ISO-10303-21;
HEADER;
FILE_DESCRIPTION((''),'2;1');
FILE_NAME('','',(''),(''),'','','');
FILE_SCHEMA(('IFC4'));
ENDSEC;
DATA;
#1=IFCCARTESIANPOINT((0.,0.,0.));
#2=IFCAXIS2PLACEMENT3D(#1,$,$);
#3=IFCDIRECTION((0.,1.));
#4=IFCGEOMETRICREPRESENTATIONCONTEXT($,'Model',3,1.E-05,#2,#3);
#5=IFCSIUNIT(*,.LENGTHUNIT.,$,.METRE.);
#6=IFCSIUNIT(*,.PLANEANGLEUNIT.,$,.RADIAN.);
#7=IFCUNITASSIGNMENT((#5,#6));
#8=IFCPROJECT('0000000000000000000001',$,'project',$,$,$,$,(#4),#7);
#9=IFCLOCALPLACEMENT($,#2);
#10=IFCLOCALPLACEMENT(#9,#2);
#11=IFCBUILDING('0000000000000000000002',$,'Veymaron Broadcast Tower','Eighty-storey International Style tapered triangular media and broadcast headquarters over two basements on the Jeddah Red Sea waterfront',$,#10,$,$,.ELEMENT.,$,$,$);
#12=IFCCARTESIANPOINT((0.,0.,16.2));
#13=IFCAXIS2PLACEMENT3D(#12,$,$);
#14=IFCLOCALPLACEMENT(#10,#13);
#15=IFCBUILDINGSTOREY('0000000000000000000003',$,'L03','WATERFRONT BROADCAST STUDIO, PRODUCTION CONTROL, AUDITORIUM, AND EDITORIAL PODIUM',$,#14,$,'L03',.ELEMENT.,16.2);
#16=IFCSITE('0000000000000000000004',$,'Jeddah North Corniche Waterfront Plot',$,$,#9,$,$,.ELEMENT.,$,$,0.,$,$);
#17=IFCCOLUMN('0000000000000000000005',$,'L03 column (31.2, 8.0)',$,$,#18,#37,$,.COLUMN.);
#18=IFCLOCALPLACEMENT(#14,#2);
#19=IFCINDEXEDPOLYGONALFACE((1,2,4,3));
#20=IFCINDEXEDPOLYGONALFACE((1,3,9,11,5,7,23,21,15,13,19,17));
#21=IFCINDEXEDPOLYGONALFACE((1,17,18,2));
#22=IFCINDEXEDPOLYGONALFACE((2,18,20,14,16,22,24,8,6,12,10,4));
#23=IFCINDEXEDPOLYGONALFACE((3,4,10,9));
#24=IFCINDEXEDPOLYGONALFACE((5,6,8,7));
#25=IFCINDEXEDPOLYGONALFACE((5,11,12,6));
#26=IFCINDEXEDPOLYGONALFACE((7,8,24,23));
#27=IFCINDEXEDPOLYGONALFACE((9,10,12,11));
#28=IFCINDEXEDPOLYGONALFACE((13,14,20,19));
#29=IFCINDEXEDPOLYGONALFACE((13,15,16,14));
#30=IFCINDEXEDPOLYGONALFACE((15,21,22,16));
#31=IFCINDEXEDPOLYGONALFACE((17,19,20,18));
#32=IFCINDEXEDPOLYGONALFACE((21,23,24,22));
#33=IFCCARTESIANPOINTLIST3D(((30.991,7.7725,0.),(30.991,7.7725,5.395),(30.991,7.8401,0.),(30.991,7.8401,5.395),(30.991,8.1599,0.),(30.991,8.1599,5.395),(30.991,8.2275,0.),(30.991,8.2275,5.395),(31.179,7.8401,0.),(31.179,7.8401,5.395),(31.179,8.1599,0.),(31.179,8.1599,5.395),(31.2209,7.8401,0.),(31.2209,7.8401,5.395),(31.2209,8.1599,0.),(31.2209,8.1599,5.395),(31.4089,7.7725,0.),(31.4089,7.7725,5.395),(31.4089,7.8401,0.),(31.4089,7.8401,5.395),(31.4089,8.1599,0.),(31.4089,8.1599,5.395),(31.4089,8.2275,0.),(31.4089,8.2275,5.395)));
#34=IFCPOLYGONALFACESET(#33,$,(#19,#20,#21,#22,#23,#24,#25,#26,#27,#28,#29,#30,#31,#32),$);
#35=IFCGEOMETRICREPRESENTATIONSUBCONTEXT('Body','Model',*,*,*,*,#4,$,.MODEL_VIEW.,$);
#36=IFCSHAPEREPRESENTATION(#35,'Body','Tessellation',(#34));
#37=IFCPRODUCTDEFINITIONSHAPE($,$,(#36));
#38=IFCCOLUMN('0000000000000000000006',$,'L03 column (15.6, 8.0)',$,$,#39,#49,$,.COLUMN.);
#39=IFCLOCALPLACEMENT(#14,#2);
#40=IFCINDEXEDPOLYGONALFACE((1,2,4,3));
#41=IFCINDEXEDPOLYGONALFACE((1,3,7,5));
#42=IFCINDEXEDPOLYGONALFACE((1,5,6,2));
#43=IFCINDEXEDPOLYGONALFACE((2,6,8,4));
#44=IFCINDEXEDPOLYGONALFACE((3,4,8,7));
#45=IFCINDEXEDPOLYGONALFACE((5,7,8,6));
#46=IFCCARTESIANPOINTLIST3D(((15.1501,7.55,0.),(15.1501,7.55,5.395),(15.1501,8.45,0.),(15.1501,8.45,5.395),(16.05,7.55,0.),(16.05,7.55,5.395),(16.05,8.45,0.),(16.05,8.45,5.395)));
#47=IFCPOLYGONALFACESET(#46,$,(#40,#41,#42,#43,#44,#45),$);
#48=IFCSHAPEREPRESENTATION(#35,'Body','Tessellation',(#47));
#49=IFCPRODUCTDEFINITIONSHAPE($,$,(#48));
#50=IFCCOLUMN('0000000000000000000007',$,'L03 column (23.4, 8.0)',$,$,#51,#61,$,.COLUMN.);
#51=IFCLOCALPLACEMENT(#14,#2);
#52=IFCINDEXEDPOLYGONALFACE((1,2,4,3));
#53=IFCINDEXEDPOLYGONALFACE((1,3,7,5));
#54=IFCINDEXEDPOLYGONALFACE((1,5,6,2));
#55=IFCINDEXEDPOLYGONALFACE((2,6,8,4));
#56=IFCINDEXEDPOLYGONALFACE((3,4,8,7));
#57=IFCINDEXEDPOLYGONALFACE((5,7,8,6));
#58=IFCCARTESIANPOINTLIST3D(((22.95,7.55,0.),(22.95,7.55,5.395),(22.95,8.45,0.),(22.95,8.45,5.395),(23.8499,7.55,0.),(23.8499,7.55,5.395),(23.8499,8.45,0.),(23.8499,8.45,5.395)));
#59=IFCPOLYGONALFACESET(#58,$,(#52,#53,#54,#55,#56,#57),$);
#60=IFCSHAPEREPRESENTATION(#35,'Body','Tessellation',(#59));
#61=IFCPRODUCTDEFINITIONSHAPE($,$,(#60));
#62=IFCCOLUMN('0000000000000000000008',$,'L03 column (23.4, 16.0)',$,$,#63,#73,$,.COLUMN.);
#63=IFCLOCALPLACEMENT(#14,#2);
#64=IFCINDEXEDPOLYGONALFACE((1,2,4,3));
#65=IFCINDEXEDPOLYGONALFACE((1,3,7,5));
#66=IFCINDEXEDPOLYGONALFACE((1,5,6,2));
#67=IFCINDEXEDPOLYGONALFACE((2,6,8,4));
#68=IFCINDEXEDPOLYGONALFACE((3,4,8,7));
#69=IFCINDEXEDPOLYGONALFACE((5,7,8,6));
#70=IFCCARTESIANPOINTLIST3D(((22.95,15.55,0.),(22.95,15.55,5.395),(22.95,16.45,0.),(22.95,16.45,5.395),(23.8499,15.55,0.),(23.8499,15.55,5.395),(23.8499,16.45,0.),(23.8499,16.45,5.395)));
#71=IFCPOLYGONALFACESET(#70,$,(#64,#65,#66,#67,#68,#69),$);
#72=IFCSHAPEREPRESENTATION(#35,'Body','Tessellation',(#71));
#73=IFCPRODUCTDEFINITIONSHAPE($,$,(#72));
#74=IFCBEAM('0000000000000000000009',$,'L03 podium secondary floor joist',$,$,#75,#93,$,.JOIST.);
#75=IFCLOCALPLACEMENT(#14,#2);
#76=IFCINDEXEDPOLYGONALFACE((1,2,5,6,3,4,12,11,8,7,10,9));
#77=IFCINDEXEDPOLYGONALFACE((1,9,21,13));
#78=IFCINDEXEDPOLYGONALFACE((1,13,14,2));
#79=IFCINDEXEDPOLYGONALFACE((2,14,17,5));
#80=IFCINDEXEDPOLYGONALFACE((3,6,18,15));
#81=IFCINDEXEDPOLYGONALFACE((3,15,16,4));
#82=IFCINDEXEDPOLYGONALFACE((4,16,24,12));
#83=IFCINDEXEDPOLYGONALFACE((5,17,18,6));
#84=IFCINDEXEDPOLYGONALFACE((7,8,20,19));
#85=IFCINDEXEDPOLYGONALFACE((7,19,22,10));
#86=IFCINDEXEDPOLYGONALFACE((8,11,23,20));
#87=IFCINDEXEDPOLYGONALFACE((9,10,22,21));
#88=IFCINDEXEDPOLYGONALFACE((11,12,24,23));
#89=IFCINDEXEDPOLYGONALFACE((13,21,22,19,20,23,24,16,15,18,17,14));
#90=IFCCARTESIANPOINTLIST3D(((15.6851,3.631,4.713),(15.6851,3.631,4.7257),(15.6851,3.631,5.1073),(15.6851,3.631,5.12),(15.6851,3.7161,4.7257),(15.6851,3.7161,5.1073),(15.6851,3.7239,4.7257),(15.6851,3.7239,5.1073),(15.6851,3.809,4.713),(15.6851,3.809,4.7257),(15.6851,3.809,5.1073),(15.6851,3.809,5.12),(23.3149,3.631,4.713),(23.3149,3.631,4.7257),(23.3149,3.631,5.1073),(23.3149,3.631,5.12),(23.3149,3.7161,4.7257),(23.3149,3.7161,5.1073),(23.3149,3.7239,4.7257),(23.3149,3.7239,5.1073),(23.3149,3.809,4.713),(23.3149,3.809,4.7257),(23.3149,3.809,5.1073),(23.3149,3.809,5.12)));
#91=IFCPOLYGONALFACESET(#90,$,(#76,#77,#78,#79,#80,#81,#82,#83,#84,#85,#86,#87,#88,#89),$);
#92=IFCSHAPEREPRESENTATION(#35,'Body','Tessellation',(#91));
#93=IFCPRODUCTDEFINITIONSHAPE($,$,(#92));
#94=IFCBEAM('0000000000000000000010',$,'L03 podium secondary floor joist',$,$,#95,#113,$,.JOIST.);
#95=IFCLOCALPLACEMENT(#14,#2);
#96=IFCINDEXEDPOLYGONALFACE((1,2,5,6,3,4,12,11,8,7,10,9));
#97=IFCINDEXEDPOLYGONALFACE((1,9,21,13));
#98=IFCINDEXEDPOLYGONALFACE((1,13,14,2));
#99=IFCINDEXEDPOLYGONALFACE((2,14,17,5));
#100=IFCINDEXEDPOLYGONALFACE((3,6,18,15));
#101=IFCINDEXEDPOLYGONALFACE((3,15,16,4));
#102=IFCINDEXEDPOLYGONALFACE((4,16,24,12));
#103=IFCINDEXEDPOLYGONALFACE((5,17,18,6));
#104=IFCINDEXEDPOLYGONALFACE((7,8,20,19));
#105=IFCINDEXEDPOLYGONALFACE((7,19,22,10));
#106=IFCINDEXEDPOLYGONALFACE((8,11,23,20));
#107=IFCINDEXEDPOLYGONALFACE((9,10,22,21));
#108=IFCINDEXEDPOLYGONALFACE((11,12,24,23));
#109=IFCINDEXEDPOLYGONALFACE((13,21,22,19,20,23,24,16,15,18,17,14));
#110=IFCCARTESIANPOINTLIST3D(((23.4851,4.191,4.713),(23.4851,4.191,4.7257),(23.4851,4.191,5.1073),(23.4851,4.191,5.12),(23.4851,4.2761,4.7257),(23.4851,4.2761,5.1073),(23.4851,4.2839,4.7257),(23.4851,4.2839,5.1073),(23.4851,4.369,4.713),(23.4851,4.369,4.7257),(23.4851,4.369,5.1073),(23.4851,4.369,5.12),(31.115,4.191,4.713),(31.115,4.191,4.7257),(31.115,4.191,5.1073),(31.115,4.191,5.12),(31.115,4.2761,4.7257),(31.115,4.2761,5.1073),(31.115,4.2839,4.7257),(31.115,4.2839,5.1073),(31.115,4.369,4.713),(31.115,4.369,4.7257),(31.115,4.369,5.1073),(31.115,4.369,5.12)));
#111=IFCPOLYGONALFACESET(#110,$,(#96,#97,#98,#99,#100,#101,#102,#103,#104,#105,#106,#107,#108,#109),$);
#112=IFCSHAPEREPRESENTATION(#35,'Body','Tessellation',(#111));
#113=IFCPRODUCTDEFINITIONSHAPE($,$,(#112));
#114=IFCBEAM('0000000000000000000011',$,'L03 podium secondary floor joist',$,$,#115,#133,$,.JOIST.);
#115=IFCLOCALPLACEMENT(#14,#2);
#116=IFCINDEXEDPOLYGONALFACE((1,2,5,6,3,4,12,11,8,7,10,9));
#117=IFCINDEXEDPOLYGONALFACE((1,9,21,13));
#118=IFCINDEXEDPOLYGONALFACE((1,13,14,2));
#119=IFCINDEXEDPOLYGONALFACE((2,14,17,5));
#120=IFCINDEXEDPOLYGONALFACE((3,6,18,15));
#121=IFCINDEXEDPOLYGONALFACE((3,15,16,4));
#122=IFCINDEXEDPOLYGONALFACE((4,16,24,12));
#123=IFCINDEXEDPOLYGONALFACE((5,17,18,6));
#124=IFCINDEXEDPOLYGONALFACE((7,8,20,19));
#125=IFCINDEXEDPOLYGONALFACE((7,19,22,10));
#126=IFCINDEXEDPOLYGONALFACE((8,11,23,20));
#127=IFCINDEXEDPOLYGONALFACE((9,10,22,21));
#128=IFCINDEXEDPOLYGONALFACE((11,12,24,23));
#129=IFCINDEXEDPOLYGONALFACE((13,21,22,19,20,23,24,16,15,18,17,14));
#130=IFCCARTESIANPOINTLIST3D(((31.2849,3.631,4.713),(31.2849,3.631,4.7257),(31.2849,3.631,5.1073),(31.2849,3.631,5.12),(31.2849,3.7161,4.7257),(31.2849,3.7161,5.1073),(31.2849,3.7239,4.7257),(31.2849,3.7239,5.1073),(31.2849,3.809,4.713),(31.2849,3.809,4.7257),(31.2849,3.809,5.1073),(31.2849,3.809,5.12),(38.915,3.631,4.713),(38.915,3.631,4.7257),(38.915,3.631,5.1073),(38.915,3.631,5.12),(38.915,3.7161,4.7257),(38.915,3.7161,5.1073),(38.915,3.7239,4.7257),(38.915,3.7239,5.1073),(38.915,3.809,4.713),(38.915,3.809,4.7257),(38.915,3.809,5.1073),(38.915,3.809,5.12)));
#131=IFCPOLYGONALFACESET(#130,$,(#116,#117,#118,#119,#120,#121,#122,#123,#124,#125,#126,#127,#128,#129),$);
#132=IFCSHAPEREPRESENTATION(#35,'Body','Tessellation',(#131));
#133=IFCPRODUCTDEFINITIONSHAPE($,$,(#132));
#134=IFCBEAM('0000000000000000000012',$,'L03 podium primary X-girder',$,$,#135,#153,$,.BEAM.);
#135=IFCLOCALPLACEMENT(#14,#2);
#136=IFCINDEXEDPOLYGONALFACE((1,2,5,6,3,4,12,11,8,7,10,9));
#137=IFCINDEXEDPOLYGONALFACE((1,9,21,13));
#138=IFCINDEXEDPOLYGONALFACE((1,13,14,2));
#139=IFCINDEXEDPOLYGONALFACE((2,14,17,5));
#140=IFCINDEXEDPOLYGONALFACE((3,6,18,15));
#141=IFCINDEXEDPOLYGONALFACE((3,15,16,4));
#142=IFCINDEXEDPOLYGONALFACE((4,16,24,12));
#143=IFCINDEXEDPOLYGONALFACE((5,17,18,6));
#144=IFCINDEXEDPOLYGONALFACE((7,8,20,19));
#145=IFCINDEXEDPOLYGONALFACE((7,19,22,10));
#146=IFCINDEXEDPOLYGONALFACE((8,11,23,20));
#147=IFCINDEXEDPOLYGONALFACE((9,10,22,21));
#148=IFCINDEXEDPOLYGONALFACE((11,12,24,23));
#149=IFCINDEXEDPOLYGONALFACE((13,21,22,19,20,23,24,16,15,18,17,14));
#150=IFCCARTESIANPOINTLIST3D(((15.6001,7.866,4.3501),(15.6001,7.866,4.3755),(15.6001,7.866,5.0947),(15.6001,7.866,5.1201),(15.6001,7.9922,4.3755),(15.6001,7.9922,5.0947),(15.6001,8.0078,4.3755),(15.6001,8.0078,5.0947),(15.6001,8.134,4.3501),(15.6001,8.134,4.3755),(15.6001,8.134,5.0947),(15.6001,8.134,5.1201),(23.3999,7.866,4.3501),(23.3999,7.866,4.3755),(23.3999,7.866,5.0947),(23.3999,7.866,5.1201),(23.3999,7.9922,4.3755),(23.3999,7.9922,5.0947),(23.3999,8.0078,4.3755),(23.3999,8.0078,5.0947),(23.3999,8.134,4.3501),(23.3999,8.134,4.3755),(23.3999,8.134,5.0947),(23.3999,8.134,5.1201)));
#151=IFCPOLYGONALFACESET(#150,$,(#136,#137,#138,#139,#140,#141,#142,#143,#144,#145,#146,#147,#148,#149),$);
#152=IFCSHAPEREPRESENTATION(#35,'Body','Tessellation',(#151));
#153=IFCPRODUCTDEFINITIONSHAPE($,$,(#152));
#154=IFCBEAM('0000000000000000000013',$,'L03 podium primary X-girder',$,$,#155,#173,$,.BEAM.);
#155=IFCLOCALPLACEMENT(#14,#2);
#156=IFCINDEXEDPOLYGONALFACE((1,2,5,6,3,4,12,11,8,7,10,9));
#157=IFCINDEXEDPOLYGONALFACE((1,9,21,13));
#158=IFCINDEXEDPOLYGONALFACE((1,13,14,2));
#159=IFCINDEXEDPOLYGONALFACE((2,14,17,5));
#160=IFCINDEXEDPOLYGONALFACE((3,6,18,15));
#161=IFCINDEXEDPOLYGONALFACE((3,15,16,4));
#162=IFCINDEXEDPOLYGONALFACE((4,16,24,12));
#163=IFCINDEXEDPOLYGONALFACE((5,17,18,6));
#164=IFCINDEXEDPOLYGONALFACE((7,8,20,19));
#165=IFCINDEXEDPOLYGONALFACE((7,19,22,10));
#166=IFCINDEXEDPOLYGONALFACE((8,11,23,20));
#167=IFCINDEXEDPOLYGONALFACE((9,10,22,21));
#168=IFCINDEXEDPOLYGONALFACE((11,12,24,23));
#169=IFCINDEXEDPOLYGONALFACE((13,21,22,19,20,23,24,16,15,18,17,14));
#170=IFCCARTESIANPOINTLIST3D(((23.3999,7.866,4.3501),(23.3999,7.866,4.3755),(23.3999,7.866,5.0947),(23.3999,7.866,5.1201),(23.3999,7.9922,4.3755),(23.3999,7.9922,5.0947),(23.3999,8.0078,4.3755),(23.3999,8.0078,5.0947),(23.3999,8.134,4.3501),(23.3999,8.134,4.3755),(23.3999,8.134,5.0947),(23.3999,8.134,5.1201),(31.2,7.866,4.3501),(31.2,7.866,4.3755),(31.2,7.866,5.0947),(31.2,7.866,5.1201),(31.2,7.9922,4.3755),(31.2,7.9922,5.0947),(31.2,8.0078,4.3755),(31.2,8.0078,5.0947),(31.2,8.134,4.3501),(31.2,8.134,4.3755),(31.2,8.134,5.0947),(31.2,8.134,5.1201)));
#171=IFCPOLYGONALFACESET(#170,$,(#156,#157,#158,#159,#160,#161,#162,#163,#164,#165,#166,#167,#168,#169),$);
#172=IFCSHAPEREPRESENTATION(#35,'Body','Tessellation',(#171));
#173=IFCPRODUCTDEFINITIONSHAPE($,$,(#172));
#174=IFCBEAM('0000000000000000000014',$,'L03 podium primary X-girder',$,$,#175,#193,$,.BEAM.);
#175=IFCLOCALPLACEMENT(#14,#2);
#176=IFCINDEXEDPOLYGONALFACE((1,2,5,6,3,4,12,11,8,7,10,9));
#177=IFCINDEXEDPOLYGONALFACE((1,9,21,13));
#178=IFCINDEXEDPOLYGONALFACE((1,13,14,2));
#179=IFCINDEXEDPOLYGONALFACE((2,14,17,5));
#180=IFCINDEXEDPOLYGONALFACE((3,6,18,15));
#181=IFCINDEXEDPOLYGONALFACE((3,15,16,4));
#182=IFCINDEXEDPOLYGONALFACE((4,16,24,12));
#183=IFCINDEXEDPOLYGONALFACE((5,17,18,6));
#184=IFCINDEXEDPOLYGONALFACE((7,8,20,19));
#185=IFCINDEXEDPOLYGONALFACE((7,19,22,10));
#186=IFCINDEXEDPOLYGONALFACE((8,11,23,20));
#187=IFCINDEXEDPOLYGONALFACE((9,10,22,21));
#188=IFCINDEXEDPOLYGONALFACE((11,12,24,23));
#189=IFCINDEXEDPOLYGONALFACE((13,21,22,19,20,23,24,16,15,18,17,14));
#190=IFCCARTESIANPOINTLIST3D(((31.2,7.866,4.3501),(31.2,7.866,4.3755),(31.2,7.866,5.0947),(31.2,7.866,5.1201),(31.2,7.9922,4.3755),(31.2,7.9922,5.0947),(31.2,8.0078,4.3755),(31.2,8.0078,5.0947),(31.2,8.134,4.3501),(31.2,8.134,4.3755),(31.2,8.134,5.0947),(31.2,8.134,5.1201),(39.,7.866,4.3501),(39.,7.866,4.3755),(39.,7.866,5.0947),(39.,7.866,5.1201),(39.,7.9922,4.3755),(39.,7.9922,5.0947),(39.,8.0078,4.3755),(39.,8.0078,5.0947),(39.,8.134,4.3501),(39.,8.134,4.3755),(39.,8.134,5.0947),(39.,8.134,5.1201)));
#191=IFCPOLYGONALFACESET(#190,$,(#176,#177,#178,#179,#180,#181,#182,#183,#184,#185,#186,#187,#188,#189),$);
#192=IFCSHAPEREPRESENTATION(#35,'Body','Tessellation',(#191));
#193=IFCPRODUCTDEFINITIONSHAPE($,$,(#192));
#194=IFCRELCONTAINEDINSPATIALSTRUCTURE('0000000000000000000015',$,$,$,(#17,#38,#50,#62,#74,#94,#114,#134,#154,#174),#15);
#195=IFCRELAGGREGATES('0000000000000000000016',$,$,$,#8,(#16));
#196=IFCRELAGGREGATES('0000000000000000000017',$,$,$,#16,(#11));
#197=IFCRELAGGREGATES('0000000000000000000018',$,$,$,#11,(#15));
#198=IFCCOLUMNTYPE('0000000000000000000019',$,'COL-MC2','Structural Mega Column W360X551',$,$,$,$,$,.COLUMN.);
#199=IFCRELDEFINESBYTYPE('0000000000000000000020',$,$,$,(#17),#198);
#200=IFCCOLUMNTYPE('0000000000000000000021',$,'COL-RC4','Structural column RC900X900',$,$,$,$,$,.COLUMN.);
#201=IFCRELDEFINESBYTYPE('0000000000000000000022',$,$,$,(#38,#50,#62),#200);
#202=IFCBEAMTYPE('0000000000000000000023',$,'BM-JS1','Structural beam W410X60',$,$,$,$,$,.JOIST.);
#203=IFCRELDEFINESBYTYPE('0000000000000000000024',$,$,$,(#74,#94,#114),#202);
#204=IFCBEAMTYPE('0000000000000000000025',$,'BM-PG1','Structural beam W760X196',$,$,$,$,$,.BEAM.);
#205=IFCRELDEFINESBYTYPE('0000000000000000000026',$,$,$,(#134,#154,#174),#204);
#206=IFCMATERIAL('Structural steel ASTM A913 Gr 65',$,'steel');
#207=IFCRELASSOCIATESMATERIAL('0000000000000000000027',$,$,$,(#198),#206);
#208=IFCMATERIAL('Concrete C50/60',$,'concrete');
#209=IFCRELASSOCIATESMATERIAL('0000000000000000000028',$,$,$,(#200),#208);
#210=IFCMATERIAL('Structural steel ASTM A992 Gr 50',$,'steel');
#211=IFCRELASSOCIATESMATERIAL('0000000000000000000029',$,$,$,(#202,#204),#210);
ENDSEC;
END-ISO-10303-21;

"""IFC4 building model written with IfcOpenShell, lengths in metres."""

from ifc_helpers import new_model, si_unit, direction, frame, origin, origin_2d, place, context, subcontext, project, spatial, rectangle, i_section, extrude, material, material_profile, profile_set, type_object, element, save


model = new_model("IFC4")

# Units and contexts
model_context = context("Model", 3, precision=1e-05, world=origin(), true_north=direction((0.0, 1.0)))
body_context = subcontext(model_context, "Body", "Model", "MODEL_VIEW")
ifc_project = project(units=[si_unit("LENGTHUNIT", "METRE"), si_unit("PLANEANGLEUNIT", "RADIAN")], contexts=[model_context])

# Site, building, storey
site_placement = place(None, origin())
site = spatial("IfcSite", under=ifc_project, at=site_placement, Name="Jeddah North Corniche Waterfront Plot", CompositionType="ELEMENT", RefElevation=0.0)
building_placement = place(site_placement, origin())
building = spatial("IfcBuilding", under=site, at=building_placement, Name="Veymaron Broadcast Tower", Description="Eighty-storey International Style tapered triangular media and broadcast headquarters over two basements on the Jeddah Red Sea waterfront", CompositionType="ELEMENT")
storey_placement = place(building_placement, frame((0.0, 0.0, 16.2)))
storey = spatial("IfcBuildingStorey", under=building, at=storey_placement, Name="L03", Description="WATERFRONT BROADCAST STUDIO, PRODUCTION CONTROL, AUDITORIUM, AND EDITORIAL PODIUM", LongName="L03", CompositionType="ELEMENT", Elevation=16.2)

# Columns
ifc_material_1 = material(Name="Structural steel ASTM A913 Gr 65", Category="steel")
ifc_material_profile_1 = material_profile(ifc_material_1, i_section(OverallWidth=0.418, OverallDepth=0.4551, WebThickness=0.042, FlangeThickness=0.0676, at=origin_2d()), Name="W360X551")
ifc_profile_set_1 = profile_set([ifc_material_profile_1], Name="Structural steel ASTM A913 Gr 65")
column_type_1 = type_object("IfcColumnType", Name="COL-MC2", Description="Structural Mega Column W360X551", PredefinedType="COLUMN", material=ifc_profile_set_1)
column_placement = place(storey_placement, frame((31.2, 8.0, 0.0), z_axis=(0.0, 0.0, 1.0), x_axis=(1.0, 0.0, 0.0)))
element("IfcColumn", 1, at=column_placement, inside=storey, type_object=column_type_1, Name="L03 column (31.2, 8.0)", PredefinedType="COLUMN", context=body_context, shape_type="SweptSolid", body=[
    extrude(i_section(OverallWidth=0.418, OverallDepth=0.4551, WebThickness=0.042, FlangeThickness=0.0676, at=origin_2d()), origin(), (0.0, 0.0, 1.0), 5.395),
])
ifc_material_2 = material(Name="Concrete C50/60", Category="concrete")
ifc_material_profile_2 = material_profile(ifc_material_2, rectangle(XDim=0.8999, YDim=0.8999, at=origin_2d()), Name="RC900X900")
ifc_profile_set_2 = profile_set([ifc_material_profile_2], Name="Concrete C50/60")
column_type_2 = type_object("IfcColumnType", Name="COL-RC4", Description="Structural column RC900X900", PredefinedType="COLUMN", material=ifc_profile_set_2)
for number, where, z_axis, x_axis, name in (
    (2, (15.6001, 8.0, 0.0), (0.0, 0.0, 1.0), (1.0, 0.0, 0.0), "L03 column (15.6, 8.0)"),
    (3, (23.3999, 8.0, 0.0), (0.0, 0.0, 1.0), (1.0, 0.0, 0.0), "L03 column (23.4, 8.0)"),
    (4, (23.3999, 16.0, 0.0), (0.0, 0.0, 1.0), (1.0, 0.0, 0.0), "L03 column (23.4, 16.0)"),
):
    element("IfcColumn", number, at=place(storey_placement, frame(where, z_axis=z_axis, x_axis=x_axis)), inside=storey, type_object=column_type_2, Name=name, PredefinedType="COLUMN", context=body_context, shape_type="SweptSolid", body=[
        extrude(rectangle(XDim=0.8999, YDim=0.8999, at=origin_2d()), origin(), (0.0, 0.0, 1.0), 5.395),
    ])

# Beams
ifc_material_3 = material(Name="Structural steel ASTM A992 Gr 50", Category="steel")
ifc_material_profile_3 = material_profile(ifc_material_3, i_section(OverallWidth=0.178, OverallDepth=0.407, WebThickness=0.0078, FlangeThickness=0.0127, at=origin_2d()), Name="W410X60")
ifc_profile_set_3 = profile_set([ifc_material_profile_3], Name="Structural steel ASTM A992 Gr 50")
beam_type_1 = type_object("IfcBeamType", Name="BM-JS1", Description="Structural beam W410X60", PredefinedType="JOIST", material=ifc_profile_set_3)
for number, where, z_axis, x_axis, name in (
    (5, (15.6851, 3.72, 4.9165), (1.0, 0.0, 0.0), (0.0, 1.0, 0.0), "L03 podium secondary floor joist"),
    (6, (23.4851, 4.28, 4.9165), (1.0, 0.0, 0.0), (0.0, 1.0, 0.0), "L03 podium secondary floor joist"),
):
    element("IfcBeam", number, at=place(storey_placement, frame(where, z_axis=z_axis, x_axis=x_axis)), inside=storey, type_object=beam_type_1, Name=name, PredefinedType="JOIST", context=body_context, shape_type="SweptSolid", body=[
        extrude(i_section(OverallWidth=0.178, OverallDepth=0.407, WebThickness=0.0078, FlangeThickness=0.0127, at=origin_2d()), origin(), (0.0, 0.0, 1.0), 7.6299),
    ])
beam_1_placement = place(storey_placement, frame((31.2849, 3.72, 4.9165), z_axis=(1.0, 0.0, 0.0), x_axis=(0.0, 1.0, 0.0)))
element("IfcBeam", 7, at=beam_1_placement, inside=storey, type_object=beam_type_1, Name="L03 podium secondary floor joist", PredefinedType="JOIST", context=body_context, shape_type="SweptSolid", body=[
    extrude(i_section(OverallWidth=0.178, OverallDepth=0.407, WebThickness=0.0078, FlangeThickness=0.0127, at=origin_2d()), origin(), (0.0, 0.0, 1.0), 7.6301),
])
ifc_material_profile_4 = material_profile(ifc_material_3, i_section(OverallWidth=0.2681, OverallDepth=0.77, WebThickness=0.0156, FlangeThickness=0.0254, at=origin_2d()), Name="W760X196")
ifc_profile_set_4 = profile_set([ifc_material_profile_4], Name="Structural steel ASTM A992 Gr 50")
beam_type_2 = type_object("IfcBeamType", Name="BM-PG1", Description="Structural beam W760X196", PredefinedType="BEAM", material=ifc_profile_set_4)
beam_2_placement = place(storey_placement, frame((15.6001, 8.0, 4.7351), z_axis=(1.0, 0.0, 0.0), x_axis=(0.0, 1.0, 0.0)))
element("IfcBeam", 8, at=beam_2_placement, inside=storey, type_object=beam_type_2, Name="L03 podium primary X-girder", PredefinedType="BEAM", context=body_context, shape_type="SweptSolid", body=[
    extrude(i_section(OverallWidth=0.2681, OverallDepth=0.77, WebThickness=0.0156, FlangeThickness=0.0254, at=origin_2d()), origin(), (0.0, 0.0, 1.0), 7.7998),
])
for number, where, z_axis, x_axis, name in (
    (9, (23.3999, 8.0, 4.7351), (1.0, 0.0, 0.0), (0.0, 1.0, 0.0), "L03 podium primary X-girder"),
    (10, (31.2, 8.0, 4.7351), (1.0, 0.0, 0.0), (0.0, 1.0, 0.0), "L03 podium primary X-girder"),
):
    element("IfcBeam", number, at=place(storey_placement, frame(where, z_axis=z_axis, x_axis=x_axis)), inside=storey, type_object=beam_type_2, Name=name, PredefinedType="BEAM", context=body_context, shape_type="SweptSolid", body=[
        extrude(i_section(OverallWidth=0.2681, OverallDepth=0.77, WebThickness=0.0156, FlangeThickness=0.0254, at=origin_2d()), origin(), (0.0, 0.0, 1.0), 7.8),
    ])

save(model, "model.ifc")
